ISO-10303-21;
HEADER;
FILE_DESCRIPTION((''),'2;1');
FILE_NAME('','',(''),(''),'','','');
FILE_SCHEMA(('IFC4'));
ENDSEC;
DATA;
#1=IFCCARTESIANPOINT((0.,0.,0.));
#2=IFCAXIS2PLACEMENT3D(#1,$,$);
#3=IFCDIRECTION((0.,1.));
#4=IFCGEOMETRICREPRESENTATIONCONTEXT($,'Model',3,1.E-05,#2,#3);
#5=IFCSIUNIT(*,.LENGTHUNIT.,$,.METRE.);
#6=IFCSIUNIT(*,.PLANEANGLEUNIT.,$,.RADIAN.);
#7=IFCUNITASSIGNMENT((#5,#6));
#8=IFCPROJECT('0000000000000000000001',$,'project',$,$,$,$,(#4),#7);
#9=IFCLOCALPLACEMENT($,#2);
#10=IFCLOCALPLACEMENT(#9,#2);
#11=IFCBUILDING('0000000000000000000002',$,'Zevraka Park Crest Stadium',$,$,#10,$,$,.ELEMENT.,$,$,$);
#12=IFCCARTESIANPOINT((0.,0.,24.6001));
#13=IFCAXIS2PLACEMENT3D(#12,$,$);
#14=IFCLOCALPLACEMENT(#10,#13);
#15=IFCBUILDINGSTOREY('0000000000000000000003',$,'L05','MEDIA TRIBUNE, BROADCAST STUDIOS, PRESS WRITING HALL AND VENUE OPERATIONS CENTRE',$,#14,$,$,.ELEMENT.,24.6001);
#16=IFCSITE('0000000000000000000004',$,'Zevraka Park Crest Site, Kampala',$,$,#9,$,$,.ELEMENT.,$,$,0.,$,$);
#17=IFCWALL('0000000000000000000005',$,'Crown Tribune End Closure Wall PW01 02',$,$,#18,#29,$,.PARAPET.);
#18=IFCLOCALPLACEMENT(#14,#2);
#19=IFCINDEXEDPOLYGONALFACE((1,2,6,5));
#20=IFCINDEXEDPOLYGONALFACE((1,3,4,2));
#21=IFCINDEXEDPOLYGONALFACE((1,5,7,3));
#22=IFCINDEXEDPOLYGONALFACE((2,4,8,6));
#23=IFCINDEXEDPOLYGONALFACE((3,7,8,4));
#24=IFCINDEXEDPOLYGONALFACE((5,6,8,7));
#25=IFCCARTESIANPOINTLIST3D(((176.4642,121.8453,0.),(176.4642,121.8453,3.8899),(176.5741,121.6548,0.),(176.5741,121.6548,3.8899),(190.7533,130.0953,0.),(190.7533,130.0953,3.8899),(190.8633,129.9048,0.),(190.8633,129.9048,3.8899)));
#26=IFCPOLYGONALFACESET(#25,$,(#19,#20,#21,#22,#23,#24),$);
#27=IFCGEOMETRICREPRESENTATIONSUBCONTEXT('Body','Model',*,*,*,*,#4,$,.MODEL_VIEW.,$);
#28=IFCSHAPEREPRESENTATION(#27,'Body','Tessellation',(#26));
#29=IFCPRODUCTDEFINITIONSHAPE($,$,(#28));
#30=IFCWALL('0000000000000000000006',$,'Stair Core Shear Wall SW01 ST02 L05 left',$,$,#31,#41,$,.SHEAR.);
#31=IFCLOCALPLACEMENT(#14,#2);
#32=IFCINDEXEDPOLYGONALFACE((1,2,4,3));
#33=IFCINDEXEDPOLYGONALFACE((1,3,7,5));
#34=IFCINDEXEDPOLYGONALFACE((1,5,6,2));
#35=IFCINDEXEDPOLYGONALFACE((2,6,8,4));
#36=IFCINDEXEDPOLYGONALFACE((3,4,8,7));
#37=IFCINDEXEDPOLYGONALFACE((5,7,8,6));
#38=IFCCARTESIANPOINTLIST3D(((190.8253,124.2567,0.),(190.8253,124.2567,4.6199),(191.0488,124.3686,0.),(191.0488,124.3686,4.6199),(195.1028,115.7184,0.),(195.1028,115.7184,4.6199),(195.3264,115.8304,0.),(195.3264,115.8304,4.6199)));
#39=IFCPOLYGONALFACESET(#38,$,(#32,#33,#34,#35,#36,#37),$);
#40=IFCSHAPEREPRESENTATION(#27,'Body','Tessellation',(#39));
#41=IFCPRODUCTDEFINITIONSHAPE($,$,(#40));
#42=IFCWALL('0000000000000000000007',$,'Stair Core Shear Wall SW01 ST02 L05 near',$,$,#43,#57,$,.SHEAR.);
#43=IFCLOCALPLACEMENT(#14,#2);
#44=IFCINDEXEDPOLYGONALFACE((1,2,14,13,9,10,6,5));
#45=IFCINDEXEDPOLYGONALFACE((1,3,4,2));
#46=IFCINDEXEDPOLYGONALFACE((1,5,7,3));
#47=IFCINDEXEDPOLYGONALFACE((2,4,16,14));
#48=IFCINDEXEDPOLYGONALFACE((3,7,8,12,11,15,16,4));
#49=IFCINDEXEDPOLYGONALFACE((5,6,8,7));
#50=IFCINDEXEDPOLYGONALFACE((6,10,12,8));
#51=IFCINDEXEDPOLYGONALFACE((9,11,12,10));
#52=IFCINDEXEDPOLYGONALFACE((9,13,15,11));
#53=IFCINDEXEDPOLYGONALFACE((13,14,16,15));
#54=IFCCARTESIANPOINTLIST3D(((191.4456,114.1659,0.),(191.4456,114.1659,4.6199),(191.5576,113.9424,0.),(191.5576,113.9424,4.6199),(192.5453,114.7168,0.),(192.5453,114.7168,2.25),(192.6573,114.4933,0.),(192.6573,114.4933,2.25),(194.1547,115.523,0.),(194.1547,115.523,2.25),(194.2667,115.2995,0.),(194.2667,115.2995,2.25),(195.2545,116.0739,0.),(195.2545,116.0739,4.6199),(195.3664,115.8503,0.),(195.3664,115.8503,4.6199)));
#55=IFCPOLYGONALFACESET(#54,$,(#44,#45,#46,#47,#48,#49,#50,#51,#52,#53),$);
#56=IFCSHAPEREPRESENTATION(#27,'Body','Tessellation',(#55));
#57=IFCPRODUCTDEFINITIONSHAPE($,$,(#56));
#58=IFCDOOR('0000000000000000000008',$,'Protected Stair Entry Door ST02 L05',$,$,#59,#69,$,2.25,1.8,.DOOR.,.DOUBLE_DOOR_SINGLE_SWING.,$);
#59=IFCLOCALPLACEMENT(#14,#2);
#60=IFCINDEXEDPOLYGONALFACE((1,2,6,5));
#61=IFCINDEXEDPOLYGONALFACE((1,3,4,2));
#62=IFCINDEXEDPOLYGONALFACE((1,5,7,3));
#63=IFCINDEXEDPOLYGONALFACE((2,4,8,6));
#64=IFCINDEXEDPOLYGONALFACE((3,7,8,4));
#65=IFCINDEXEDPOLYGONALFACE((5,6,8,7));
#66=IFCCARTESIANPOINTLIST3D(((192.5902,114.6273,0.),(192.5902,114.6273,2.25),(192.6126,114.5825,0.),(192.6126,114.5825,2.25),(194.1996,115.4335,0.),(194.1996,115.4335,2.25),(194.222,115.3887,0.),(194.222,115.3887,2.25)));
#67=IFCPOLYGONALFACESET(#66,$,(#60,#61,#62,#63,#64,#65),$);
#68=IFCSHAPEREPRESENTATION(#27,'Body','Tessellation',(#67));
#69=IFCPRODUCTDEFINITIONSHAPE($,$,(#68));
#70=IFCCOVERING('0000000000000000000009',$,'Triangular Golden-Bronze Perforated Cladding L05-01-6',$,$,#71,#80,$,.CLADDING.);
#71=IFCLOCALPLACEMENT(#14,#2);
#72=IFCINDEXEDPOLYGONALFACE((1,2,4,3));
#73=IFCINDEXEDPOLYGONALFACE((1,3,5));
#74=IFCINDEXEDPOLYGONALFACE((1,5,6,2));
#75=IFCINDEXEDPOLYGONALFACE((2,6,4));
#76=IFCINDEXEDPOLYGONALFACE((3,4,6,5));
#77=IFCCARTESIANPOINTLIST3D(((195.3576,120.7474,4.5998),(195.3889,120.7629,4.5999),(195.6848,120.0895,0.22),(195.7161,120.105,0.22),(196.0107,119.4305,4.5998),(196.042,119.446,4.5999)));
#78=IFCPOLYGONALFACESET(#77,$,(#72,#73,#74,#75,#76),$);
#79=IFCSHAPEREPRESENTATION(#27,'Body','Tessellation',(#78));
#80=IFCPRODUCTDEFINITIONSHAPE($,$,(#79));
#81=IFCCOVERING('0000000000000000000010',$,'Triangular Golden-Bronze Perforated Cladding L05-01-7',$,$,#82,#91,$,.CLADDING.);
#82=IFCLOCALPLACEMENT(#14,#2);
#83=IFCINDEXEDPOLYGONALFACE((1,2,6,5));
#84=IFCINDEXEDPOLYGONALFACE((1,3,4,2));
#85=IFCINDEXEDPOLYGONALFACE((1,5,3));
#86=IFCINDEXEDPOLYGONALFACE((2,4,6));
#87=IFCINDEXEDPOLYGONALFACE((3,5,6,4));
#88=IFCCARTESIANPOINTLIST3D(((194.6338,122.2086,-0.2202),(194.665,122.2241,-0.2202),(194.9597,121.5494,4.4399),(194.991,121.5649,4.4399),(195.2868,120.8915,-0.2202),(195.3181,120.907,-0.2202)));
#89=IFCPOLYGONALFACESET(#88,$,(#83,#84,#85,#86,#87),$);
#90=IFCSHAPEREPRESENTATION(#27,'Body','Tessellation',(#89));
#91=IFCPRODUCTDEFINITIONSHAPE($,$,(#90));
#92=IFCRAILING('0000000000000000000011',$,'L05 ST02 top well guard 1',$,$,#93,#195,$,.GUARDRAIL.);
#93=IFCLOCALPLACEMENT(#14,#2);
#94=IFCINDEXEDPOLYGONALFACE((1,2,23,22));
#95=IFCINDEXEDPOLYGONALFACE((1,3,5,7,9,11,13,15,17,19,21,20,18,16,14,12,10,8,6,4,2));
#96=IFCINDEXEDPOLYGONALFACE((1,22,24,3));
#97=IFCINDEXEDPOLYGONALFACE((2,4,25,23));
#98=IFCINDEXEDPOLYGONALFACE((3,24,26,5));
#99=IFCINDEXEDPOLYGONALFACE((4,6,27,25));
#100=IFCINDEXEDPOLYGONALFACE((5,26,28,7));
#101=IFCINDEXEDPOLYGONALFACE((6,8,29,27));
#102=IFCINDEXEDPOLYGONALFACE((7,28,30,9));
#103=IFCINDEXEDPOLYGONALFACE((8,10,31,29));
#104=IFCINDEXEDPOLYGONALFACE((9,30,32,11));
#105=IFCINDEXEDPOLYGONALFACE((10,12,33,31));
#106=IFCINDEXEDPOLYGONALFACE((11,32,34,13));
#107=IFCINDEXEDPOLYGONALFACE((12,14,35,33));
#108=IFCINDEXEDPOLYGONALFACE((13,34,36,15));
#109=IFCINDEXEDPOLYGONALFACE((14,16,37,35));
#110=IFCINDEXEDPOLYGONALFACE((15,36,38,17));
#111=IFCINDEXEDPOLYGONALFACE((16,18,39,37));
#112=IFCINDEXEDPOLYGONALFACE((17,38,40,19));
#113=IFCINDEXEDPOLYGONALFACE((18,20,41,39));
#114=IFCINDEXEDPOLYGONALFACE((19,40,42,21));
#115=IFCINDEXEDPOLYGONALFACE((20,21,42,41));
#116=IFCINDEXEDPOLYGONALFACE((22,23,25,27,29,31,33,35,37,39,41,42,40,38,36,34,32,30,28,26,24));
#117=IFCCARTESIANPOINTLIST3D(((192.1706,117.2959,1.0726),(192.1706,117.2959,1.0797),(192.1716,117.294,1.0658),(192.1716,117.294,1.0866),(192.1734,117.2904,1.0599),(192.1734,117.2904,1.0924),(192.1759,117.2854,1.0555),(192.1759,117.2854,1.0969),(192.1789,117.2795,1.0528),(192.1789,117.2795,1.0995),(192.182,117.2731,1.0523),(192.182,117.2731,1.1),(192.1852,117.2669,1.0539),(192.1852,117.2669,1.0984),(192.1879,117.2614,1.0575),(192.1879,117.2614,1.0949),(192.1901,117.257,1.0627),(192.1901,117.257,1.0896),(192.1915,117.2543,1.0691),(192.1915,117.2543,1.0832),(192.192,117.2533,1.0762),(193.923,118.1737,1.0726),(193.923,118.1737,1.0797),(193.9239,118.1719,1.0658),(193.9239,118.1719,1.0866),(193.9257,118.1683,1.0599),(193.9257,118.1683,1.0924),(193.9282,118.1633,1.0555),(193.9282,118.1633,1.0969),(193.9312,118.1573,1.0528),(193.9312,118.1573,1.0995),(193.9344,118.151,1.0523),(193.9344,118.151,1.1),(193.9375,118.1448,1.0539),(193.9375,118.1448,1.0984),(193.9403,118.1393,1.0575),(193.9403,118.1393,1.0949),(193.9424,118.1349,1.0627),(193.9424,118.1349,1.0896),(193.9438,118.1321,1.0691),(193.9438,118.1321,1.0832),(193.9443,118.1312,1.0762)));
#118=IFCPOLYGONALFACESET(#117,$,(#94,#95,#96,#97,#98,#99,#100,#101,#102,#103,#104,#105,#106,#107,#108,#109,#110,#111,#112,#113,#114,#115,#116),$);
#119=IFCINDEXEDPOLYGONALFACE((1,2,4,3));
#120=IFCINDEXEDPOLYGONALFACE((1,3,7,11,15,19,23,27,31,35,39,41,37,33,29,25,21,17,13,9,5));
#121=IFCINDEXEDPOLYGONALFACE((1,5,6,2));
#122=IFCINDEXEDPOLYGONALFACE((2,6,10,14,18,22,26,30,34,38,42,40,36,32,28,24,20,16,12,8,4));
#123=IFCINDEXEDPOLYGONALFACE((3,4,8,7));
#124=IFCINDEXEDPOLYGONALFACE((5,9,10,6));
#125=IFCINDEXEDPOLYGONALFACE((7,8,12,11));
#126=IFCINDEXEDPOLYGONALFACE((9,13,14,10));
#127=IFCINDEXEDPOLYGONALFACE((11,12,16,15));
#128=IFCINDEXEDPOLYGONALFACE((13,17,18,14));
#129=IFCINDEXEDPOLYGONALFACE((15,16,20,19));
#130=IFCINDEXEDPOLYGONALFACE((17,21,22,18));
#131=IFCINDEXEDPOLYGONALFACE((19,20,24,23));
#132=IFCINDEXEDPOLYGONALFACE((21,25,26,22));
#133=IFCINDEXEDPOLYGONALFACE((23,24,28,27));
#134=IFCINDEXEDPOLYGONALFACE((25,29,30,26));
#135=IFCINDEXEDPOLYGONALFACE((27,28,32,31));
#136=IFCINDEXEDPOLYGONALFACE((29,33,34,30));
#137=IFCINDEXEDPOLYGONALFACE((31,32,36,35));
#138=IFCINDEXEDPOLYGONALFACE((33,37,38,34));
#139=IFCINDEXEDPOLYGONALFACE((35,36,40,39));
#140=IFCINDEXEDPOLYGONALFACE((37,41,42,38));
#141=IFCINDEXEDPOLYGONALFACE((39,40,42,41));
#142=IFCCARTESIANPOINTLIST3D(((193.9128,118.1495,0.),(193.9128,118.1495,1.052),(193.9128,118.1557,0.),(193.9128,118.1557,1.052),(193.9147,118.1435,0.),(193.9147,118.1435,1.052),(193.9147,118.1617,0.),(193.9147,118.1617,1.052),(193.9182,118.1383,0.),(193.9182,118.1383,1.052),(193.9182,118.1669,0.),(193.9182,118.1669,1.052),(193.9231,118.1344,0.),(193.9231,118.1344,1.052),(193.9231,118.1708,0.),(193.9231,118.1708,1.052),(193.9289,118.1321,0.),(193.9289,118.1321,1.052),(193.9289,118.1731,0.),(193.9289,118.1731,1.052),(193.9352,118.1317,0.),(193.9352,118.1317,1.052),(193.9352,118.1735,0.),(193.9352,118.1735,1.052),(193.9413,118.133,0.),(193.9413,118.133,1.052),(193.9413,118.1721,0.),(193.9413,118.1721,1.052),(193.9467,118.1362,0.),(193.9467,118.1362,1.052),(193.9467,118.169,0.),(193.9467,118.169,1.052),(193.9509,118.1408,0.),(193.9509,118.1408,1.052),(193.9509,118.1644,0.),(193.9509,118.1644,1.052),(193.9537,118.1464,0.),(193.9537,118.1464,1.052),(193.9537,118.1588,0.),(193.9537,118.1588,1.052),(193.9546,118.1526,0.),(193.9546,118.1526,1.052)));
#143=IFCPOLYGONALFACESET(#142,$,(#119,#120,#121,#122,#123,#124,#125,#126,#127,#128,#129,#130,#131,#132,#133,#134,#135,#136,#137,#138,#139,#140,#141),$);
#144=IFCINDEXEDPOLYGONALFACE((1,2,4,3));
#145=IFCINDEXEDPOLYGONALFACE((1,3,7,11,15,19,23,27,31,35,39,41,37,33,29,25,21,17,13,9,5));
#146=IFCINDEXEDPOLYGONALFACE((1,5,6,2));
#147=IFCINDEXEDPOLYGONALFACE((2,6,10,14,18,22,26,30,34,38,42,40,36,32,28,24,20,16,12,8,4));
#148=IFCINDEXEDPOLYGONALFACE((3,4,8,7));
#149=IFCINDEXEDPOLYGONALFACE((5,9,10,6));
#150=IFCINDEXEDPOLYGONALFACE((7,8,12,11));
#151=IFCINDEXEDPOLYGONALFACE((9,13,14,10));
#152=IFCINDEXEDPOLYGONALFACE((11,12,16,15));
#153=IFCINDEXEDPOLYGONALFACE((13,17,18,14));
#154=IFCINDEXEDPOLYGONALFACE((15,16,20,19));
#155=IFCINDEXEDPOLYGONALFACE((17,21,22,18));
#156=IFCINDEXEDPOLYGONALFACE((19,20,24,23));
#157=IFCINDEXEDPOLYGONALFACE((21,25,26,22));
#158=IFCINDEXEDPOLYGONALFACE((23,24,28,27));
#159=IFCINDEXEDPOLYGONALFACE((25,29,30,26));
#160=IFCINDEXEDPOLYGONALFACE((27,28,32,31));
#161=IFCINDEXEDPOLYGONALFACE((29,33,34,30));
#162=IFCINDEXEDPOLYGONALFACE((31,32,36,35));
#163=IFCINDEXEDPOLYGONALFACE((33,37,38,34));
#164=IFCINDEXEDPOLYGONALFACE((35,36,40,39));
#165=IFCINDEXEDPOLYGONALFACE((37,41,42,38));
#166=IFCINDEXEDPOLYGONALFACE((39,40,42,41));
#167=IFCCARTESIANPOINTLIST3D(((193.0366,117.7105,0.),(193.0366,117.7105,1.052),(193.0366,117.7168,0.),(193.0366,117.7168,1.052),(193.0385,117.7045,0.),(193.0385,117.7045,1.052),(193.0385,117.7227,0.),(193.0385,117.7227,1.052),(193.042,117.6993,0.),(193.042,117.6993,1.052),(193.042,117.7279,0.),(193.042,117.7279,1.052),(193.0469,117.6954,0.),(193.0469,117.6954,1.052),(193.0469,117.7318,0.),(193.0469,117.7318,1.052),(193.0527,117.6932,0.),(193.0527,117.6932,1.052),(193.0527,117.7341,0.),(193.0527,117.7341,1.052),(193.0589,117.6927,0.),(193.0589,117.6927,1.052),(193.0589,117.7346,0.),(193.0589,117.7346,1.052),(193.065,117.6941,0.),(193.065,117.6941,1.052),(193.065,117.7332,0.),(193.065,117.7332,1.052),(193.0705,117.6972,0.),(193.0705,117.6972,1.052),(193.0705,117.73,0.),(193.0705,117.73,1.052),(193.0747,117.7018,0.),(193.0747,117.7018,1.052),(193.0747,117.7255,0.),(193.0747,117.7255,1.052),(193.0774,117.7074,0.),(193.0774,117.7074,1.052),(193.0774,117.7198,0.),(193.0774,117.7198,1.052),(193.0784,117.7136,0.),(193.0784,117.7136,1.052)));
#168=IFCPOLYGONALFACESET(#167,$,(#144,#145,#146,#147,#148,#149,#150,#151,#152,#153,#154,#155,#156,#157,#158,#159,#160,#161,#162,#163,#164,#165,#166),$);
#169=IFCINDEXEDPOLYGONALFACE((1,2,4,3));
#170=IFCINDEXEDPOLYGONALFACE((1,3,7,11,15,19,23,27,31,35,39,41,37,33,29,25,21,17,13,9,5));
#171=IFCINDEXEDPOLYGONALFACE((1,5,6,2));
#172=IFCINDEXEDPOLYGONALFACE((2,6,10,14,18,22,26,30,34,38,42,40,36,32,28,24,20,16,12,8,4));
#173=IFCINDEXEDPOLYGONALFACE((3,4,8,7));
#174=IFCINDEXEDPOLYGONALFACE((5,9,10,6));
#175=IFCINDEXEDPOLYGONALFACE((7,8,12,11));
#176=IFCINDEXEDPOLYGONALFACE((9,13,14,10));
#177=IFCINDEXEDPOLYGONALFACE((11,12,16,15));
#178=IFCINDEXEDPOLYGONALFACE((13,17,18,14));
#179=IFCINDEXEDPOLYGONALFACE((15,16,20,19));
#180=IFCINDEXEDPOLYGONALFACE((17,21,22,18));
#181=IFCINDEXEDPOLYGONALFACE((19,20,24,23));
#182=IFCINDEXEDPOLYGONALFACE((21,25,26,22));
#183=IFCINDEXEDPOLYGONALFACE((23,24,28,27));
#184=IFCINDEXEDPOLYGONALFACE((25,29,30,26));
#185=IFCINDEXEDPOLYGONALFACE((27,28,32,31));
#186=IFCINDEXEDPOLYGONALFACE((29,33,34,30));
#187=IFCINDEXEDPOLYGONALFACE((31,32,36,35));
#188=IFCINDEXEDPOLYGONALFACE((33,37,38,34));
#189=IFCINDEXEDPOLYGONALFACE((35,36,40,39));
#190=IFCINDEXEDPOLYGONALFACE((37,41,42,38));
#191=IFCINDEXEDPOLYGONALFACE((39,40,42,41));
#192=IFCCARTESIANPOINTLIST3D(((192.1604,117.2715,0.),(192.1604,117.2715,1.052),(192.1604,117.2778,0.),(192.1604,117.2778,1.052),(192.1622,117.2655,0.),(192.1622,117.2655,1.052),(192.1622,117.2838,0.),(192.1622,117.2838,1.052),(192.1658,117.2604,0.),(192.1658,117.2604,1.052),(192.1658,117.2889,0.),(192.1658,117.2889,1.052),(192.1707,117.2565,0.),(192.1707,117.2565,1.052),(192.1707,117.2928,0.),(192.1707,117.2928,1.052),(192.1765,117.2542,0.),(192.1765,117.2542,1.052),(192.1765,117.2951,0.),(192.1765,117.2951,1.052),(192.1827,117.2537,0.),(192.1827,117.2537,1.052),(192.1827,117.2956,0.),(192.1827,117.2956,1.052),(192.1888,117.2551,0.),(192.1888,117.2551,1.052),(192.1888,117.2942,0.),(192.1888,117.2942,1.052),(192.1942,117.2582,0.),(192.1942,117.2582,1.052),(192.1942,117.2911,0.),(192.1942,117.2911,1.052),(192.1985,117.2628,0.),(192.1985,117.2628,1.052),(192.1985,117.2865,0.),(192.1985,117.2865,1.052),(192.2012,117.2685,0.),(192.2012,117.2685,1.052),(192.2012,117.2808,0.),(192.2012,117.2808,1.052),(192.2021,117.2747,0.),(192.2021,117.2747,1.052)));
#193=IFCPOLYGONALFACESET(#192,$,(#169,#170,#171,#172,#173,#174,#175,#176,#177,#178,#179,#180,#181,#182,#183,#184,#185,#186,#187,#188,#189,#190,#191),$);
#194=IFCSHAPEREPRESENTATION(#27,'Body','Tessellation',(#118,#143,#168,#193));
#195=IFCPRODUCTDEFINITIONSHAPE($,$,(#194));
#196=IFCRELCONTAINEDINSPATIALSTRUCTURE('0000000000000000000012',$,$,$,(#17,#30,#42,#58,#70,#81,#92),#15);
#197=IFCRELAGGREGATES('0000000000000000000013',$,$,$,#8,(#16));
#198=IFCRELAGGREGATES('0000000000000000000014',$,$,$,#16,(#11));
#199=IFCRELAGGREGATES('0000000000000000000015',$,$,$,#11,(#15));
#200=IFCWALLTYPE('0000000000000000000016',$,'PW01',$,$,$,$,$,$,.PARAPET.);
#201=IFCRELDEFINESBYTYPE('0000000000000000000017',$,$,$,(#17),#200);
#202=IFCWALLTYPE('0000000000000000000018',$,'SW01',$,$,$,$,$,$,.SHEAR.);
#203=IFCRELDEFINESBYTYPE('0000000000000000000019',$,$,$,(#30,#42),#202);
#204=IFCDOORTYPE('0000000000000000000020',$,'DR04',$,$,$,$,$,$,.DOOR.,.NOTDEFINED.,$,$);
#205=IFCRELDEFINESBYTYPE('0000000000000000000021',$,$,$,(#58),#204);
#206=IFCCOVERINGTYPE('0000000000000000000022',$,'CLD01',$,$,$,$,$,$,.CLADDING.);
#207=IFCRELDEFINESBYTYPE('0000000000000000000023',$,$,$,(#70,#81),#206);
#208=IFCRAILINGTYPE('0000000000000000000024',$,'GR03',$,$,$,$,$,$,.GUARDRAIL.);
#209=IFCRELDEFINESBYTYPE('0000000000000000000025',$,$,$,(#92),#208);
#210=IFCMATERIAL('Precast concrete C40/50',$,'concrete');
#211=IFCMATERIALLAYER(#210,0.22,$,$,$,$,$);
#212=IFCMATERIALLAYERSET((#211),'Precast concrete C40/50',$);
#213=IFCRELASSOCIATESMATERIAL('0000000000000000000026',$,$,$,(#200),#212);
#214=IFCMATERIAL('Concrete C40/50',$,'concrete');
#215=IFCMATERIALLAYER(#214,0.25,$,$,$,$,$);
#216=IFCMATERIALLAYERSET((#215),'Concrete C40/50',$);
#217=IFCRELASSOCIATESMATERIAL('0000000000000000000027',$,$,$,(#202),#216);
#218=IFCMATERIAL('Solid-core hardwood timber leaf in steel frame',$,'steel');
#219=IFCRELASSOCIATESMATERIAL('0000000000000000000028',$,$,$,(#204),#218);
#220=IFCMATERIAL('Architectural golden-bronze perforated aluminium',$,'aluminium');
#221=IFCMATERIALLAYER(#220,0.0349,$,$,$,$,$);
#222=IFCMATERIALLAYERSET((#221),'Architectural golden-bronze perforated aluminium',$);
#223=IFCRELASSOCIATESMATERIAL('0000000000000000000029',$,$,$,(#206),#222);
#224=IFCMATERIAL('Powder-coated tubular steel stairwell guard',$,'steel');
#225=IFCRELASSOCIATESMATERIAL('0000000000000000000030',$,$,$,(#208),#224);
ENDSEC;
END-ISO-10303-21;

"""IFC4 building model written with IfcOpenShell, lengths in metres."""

from ifc_helpers import new_model, si_unit, direction, frame, frame_2d, origin, origin_2d, place, context, subcontext, project, spatial, polyline, rectangle, circle, outline, extrude, material, layer, layer_set, type_object, element, fill, save


model = new_model("IFC4")

# Units and contexts
model_context = context("Model", 3, precision=1e-05, world=origin(), true_north=direction((0.0, 1.0)))
body_context = subcontext(model_context, "Body", "Model", "MODEL_VIEW")
ifc_project = project(units=[si_unit("LENGTHUNIT", "METRE"), si_unit("PLANEANGLEUNIT", "RADIAN")], contexts=[model_context])

# Site, building, storey
site_placement = place(None, origin())
site = spatial("IfcSite", under=ifc_project, at=site_placement, Name="Zevraka Park Crest Site, Kampala", CompositionType="ELEMENT", RefElevation=0.0)
building_placement = place(site_placement, origin())
building = spatial("IfcBuilding", under=site, at=building_placement, Name="Zevraka Park Crest Stadium", CompositionType="ELEMENT")
storey_placement = place(building_placement, frame((0.0, 0.0, 24.6001)))
storey = spatial("IfcBuildingStorey", under=building, at=storey_placement, Name="L05", Description="MEDIA TRIBUNE, BROADCAST STUDIOS, PRESS WRITING HALL AND VENUE OPERATIONS CENTRE", CompositionType="ELEMENT", Elevation=24.6001)

# Walls
ifc_material_1 = material(Name="Precast concrete C40/50", Category="concrete")
ifc_layer_1 = layer(ifc_material_1, 0.22)
ifc_layer_set_1 = layer_set([ifc_layer_1], Name="Precast concrete C40/50")
wall_type_1 = type_object("IfcWallType", Name="PW01", PredefinedType="PARAPET", material=ifc_layer_set_1)
wall_1_placement = place(storey_placement, frame((176.519, 121.75, 0.0), z_axis=(0.0, 0.0, 1.0), x_axis=(0.86602, 0.500009, 0.0)))
element("IfcWall", 1, at=wall_1_placement, inside=storey, type_object=wall_type_1, Name="Crown Tribune End Closure Wall PW01 02", PredefinedType="PARAPET", context=body_context, shape_type="SweptSolid", body=[
    extrude(rectangle(XDim=16.4998, YDim=0.22, at=frame_2d((8.25, 0.0))), origin(), (0.0, 0.0, 1.0), 3.8899),
])
ifc_material_2 = material(Name="Concrete C40/50", Category="concrete")
ifc_layer_2 = layer(ifc_material_2, 0.25)
ifc_layer_set_2 = layer_set([ifc_layer_2], Name="Concrete C40/50")
wall_type_2 = type_object("IfcWallType", Name="SW01", PredefinedType="SHEAR", material=ifc_layer_set_2)
wall_2_placement = place(storey_placement, frame((195.2146, 115.7744, 0.0), z_axis=(0.0, 0.0, 1.0), x_axis=(-0.447919, 0.894074, 0.0)))
element("IfcWall", 2, at=wall_2_placement, inside=storey, type_object=wall_type_2, Name="Stair Core Shear Wall SW01 ST02 L05 left", PredefinedType="SHEAR", context=body_context, shape_type="SweptSolid", body=[
    extrude(rectangle(XDim=9.5498, YDim=0.25, at=frame_2d((4.7749, 0.0))), origin(), (0.0, 0.0, 1.0), 4.6199),
])

# Wall, opening, door
wall_3_placement = place(storey_placement, frame((191.5017, 114.0542, 0.0), z_axis=(0.0, 0.0, 1.0), x_axis=(0.894095, 0.447878, 0.0)))
wall_3 = element("IfcWall", 3, at=wall_3_placement, inside=storey, type_object=wall_type_2, Name="Stair Core Shear Wall SW01 ST02 L05 near", PredefinedType="SHEAR", context=body_context, shape_type="SweptSolid", body=[
    extrude(rectangle(XDim=4.26, YDim=0.25, at=frame_2d((2.1299, 0.0))), origin(), (0.0, 0.0, 1.0), 4.6199),
])
opening_1_placement = place(wall_3_placement, frame((1.23, 0.0, 0.0)))
opening_1 = element("IfcOpeningElement", 4, at=opening_1_placement, cuts=wall_3, PredefinedType="OPENING", context=body_context, shape_type="SweptSolid", body=[
    extrude(rectangle(XDim=1.8, YDim=2.25, at=frame_2d((0.8999, 1.125))), frame((0.0, 0.135, 0.0), z_axis=(0.0, -1.0, 0.0), x_axis=(1.0, 0.0, 0.0)), (0.0, 0.0, 1.0), 0.27),
])
ifc_material_3 = material(Name="Solid-core hardwood timber leaf in steel frame", Category="steel")
door_type_1 = type_object("IfcDoorType", Name="DR04", OperationType="NOTDEFINED", PredefinedType="DOOR", material=ifc_material_3)
door_1_placement = place(opening_1_placement, origin())
door_1 = element("IfcDoor", 5, at=door_1_placement, inside=storey, type_object=door_type_1, Name="Protected Stair Entry Door ST02 L05", OperationType="DOUBLE_DOOR_SINGLE_SWING", OverallHeight=2.25, OverallWidth=1.8, PredefinedType="DOOR", context=body_context, shape_type="SweptSolid", body=[
    extrude(rectangle(XDim=1.8, YDim=2.25, at=frame_2d((0.8999, 1.125))), frame((0.0, 0.0249, 0.0), z_axis=(0.0, -1.0, 0.0), x_axis=(1.0, 0.0, 0.0)), (0.0, 0.0, 1.0), 0.05),
])
fill(opening_1, door_1)

# Coverings
ifc_material_4 = material(Name="Architectural golden-bronze perforated aluminium", Category="aluminium")
ifc_layer_3 = layer(ifc_material_4, 0.0349)
ifc_layer_set_3 = layer_set([ifc_layer_3], Name="Architectural golden-bronze perforated aluminium")
covering_type = type_object("IfcCoveringType", Name="CLD01", PredefinedType="CLADDING", material=ifc_layer_set_3)
covering_1_placement = place(storey_placement, frame((195.3889, 120.7629, 4.5999), z_axis=(0.895884, 0.444288, 0.000174), x_axis=(0.444288, -0.895884, 0.0)))
element("IfcCovering", 6, at=covering_1_placement, inside=storey, type_object=covering_type, Name="Triangular Golden-Bronze Perforated Cladding L05-01-6", PredefinedType="CLADDING", context=body_context, shape_type="SweptSolid", body=[
    extrude(outline(polyline([(0.0, 0.0), (1.4699, 0.0), (0.7348, 4.3799), (0.0, 0.0)])), origin(), (0.0, 0.0, -1.0), 0.0349),
])
covering_2_placement = place(storey_placement, frame((195.3181, 120.907, -0.2202), z_axis=(0.895917, 0.444222, 0.000176), x_axis=(-0.444222, 0.895917, 0.0)))
element("IfcCovering", 7, at=covering_2_placement, inside=storey, type_object=covering_type, Name="Triangular Golden-Bronze Perforated Cladding L05-01-7", PredefinedType="CLADDING", context=body_context, shape_type="SweptSolid", body=[
    extrude(outline(polyline([(0.0, 0.0), (1.4702, 0.0), (0.7348, 4.6602), (0.0, 0.0)])), origin(), (0.0, 0.0, -1.0), 0.0349),
])

# Railing
ifc_material_5 = material(Name="Powder-coated tubular steel stairwell guard", Category="steel")
railing_type = type_object("IfcRailingType", Name="GR03", PredefinedType="GUARDRAIL", material=ifc_material_5)
railing_placement = place(storey_placement, frame((193.9336, 118.1526, 0.0)))
element("IfcRailing", 8, at=railing_placement, inside=storey, type_object=railing_type, Name="L05 ST02 top well guard 1", PredefinedType="GUARDRAIL", context=body_context, shape_type="SweptSolid", body=[
    extrude(circle(Radius=0.0239, at=origin_2d()), frame((0.0, 0.0, 1.0762), z_axis=(-0.894078, -0.447911, 0.0), x_axis=(0.447911, -0.894078, 0.0)), (0.0, 0.0, 1.0), 1.96),
    extrude(circle(Radius=0.021, at=origin_2d()), origin(), (0.0, 0.0, 1.0), 1.052),
    extrude(circle(Radius=0.021, at=origin_2d()), frame((-0.8762, -0.439, 0.0)), (0.0, 0.0, 1.0), 1.052),
    extrude(circle(Radius=0.021, at=origin_2d()), frame((-1.7524, -0.8779, 0.0)), (0.0, 0.0, 1.0), 1.052),
])

save(model, "model.ifc")
